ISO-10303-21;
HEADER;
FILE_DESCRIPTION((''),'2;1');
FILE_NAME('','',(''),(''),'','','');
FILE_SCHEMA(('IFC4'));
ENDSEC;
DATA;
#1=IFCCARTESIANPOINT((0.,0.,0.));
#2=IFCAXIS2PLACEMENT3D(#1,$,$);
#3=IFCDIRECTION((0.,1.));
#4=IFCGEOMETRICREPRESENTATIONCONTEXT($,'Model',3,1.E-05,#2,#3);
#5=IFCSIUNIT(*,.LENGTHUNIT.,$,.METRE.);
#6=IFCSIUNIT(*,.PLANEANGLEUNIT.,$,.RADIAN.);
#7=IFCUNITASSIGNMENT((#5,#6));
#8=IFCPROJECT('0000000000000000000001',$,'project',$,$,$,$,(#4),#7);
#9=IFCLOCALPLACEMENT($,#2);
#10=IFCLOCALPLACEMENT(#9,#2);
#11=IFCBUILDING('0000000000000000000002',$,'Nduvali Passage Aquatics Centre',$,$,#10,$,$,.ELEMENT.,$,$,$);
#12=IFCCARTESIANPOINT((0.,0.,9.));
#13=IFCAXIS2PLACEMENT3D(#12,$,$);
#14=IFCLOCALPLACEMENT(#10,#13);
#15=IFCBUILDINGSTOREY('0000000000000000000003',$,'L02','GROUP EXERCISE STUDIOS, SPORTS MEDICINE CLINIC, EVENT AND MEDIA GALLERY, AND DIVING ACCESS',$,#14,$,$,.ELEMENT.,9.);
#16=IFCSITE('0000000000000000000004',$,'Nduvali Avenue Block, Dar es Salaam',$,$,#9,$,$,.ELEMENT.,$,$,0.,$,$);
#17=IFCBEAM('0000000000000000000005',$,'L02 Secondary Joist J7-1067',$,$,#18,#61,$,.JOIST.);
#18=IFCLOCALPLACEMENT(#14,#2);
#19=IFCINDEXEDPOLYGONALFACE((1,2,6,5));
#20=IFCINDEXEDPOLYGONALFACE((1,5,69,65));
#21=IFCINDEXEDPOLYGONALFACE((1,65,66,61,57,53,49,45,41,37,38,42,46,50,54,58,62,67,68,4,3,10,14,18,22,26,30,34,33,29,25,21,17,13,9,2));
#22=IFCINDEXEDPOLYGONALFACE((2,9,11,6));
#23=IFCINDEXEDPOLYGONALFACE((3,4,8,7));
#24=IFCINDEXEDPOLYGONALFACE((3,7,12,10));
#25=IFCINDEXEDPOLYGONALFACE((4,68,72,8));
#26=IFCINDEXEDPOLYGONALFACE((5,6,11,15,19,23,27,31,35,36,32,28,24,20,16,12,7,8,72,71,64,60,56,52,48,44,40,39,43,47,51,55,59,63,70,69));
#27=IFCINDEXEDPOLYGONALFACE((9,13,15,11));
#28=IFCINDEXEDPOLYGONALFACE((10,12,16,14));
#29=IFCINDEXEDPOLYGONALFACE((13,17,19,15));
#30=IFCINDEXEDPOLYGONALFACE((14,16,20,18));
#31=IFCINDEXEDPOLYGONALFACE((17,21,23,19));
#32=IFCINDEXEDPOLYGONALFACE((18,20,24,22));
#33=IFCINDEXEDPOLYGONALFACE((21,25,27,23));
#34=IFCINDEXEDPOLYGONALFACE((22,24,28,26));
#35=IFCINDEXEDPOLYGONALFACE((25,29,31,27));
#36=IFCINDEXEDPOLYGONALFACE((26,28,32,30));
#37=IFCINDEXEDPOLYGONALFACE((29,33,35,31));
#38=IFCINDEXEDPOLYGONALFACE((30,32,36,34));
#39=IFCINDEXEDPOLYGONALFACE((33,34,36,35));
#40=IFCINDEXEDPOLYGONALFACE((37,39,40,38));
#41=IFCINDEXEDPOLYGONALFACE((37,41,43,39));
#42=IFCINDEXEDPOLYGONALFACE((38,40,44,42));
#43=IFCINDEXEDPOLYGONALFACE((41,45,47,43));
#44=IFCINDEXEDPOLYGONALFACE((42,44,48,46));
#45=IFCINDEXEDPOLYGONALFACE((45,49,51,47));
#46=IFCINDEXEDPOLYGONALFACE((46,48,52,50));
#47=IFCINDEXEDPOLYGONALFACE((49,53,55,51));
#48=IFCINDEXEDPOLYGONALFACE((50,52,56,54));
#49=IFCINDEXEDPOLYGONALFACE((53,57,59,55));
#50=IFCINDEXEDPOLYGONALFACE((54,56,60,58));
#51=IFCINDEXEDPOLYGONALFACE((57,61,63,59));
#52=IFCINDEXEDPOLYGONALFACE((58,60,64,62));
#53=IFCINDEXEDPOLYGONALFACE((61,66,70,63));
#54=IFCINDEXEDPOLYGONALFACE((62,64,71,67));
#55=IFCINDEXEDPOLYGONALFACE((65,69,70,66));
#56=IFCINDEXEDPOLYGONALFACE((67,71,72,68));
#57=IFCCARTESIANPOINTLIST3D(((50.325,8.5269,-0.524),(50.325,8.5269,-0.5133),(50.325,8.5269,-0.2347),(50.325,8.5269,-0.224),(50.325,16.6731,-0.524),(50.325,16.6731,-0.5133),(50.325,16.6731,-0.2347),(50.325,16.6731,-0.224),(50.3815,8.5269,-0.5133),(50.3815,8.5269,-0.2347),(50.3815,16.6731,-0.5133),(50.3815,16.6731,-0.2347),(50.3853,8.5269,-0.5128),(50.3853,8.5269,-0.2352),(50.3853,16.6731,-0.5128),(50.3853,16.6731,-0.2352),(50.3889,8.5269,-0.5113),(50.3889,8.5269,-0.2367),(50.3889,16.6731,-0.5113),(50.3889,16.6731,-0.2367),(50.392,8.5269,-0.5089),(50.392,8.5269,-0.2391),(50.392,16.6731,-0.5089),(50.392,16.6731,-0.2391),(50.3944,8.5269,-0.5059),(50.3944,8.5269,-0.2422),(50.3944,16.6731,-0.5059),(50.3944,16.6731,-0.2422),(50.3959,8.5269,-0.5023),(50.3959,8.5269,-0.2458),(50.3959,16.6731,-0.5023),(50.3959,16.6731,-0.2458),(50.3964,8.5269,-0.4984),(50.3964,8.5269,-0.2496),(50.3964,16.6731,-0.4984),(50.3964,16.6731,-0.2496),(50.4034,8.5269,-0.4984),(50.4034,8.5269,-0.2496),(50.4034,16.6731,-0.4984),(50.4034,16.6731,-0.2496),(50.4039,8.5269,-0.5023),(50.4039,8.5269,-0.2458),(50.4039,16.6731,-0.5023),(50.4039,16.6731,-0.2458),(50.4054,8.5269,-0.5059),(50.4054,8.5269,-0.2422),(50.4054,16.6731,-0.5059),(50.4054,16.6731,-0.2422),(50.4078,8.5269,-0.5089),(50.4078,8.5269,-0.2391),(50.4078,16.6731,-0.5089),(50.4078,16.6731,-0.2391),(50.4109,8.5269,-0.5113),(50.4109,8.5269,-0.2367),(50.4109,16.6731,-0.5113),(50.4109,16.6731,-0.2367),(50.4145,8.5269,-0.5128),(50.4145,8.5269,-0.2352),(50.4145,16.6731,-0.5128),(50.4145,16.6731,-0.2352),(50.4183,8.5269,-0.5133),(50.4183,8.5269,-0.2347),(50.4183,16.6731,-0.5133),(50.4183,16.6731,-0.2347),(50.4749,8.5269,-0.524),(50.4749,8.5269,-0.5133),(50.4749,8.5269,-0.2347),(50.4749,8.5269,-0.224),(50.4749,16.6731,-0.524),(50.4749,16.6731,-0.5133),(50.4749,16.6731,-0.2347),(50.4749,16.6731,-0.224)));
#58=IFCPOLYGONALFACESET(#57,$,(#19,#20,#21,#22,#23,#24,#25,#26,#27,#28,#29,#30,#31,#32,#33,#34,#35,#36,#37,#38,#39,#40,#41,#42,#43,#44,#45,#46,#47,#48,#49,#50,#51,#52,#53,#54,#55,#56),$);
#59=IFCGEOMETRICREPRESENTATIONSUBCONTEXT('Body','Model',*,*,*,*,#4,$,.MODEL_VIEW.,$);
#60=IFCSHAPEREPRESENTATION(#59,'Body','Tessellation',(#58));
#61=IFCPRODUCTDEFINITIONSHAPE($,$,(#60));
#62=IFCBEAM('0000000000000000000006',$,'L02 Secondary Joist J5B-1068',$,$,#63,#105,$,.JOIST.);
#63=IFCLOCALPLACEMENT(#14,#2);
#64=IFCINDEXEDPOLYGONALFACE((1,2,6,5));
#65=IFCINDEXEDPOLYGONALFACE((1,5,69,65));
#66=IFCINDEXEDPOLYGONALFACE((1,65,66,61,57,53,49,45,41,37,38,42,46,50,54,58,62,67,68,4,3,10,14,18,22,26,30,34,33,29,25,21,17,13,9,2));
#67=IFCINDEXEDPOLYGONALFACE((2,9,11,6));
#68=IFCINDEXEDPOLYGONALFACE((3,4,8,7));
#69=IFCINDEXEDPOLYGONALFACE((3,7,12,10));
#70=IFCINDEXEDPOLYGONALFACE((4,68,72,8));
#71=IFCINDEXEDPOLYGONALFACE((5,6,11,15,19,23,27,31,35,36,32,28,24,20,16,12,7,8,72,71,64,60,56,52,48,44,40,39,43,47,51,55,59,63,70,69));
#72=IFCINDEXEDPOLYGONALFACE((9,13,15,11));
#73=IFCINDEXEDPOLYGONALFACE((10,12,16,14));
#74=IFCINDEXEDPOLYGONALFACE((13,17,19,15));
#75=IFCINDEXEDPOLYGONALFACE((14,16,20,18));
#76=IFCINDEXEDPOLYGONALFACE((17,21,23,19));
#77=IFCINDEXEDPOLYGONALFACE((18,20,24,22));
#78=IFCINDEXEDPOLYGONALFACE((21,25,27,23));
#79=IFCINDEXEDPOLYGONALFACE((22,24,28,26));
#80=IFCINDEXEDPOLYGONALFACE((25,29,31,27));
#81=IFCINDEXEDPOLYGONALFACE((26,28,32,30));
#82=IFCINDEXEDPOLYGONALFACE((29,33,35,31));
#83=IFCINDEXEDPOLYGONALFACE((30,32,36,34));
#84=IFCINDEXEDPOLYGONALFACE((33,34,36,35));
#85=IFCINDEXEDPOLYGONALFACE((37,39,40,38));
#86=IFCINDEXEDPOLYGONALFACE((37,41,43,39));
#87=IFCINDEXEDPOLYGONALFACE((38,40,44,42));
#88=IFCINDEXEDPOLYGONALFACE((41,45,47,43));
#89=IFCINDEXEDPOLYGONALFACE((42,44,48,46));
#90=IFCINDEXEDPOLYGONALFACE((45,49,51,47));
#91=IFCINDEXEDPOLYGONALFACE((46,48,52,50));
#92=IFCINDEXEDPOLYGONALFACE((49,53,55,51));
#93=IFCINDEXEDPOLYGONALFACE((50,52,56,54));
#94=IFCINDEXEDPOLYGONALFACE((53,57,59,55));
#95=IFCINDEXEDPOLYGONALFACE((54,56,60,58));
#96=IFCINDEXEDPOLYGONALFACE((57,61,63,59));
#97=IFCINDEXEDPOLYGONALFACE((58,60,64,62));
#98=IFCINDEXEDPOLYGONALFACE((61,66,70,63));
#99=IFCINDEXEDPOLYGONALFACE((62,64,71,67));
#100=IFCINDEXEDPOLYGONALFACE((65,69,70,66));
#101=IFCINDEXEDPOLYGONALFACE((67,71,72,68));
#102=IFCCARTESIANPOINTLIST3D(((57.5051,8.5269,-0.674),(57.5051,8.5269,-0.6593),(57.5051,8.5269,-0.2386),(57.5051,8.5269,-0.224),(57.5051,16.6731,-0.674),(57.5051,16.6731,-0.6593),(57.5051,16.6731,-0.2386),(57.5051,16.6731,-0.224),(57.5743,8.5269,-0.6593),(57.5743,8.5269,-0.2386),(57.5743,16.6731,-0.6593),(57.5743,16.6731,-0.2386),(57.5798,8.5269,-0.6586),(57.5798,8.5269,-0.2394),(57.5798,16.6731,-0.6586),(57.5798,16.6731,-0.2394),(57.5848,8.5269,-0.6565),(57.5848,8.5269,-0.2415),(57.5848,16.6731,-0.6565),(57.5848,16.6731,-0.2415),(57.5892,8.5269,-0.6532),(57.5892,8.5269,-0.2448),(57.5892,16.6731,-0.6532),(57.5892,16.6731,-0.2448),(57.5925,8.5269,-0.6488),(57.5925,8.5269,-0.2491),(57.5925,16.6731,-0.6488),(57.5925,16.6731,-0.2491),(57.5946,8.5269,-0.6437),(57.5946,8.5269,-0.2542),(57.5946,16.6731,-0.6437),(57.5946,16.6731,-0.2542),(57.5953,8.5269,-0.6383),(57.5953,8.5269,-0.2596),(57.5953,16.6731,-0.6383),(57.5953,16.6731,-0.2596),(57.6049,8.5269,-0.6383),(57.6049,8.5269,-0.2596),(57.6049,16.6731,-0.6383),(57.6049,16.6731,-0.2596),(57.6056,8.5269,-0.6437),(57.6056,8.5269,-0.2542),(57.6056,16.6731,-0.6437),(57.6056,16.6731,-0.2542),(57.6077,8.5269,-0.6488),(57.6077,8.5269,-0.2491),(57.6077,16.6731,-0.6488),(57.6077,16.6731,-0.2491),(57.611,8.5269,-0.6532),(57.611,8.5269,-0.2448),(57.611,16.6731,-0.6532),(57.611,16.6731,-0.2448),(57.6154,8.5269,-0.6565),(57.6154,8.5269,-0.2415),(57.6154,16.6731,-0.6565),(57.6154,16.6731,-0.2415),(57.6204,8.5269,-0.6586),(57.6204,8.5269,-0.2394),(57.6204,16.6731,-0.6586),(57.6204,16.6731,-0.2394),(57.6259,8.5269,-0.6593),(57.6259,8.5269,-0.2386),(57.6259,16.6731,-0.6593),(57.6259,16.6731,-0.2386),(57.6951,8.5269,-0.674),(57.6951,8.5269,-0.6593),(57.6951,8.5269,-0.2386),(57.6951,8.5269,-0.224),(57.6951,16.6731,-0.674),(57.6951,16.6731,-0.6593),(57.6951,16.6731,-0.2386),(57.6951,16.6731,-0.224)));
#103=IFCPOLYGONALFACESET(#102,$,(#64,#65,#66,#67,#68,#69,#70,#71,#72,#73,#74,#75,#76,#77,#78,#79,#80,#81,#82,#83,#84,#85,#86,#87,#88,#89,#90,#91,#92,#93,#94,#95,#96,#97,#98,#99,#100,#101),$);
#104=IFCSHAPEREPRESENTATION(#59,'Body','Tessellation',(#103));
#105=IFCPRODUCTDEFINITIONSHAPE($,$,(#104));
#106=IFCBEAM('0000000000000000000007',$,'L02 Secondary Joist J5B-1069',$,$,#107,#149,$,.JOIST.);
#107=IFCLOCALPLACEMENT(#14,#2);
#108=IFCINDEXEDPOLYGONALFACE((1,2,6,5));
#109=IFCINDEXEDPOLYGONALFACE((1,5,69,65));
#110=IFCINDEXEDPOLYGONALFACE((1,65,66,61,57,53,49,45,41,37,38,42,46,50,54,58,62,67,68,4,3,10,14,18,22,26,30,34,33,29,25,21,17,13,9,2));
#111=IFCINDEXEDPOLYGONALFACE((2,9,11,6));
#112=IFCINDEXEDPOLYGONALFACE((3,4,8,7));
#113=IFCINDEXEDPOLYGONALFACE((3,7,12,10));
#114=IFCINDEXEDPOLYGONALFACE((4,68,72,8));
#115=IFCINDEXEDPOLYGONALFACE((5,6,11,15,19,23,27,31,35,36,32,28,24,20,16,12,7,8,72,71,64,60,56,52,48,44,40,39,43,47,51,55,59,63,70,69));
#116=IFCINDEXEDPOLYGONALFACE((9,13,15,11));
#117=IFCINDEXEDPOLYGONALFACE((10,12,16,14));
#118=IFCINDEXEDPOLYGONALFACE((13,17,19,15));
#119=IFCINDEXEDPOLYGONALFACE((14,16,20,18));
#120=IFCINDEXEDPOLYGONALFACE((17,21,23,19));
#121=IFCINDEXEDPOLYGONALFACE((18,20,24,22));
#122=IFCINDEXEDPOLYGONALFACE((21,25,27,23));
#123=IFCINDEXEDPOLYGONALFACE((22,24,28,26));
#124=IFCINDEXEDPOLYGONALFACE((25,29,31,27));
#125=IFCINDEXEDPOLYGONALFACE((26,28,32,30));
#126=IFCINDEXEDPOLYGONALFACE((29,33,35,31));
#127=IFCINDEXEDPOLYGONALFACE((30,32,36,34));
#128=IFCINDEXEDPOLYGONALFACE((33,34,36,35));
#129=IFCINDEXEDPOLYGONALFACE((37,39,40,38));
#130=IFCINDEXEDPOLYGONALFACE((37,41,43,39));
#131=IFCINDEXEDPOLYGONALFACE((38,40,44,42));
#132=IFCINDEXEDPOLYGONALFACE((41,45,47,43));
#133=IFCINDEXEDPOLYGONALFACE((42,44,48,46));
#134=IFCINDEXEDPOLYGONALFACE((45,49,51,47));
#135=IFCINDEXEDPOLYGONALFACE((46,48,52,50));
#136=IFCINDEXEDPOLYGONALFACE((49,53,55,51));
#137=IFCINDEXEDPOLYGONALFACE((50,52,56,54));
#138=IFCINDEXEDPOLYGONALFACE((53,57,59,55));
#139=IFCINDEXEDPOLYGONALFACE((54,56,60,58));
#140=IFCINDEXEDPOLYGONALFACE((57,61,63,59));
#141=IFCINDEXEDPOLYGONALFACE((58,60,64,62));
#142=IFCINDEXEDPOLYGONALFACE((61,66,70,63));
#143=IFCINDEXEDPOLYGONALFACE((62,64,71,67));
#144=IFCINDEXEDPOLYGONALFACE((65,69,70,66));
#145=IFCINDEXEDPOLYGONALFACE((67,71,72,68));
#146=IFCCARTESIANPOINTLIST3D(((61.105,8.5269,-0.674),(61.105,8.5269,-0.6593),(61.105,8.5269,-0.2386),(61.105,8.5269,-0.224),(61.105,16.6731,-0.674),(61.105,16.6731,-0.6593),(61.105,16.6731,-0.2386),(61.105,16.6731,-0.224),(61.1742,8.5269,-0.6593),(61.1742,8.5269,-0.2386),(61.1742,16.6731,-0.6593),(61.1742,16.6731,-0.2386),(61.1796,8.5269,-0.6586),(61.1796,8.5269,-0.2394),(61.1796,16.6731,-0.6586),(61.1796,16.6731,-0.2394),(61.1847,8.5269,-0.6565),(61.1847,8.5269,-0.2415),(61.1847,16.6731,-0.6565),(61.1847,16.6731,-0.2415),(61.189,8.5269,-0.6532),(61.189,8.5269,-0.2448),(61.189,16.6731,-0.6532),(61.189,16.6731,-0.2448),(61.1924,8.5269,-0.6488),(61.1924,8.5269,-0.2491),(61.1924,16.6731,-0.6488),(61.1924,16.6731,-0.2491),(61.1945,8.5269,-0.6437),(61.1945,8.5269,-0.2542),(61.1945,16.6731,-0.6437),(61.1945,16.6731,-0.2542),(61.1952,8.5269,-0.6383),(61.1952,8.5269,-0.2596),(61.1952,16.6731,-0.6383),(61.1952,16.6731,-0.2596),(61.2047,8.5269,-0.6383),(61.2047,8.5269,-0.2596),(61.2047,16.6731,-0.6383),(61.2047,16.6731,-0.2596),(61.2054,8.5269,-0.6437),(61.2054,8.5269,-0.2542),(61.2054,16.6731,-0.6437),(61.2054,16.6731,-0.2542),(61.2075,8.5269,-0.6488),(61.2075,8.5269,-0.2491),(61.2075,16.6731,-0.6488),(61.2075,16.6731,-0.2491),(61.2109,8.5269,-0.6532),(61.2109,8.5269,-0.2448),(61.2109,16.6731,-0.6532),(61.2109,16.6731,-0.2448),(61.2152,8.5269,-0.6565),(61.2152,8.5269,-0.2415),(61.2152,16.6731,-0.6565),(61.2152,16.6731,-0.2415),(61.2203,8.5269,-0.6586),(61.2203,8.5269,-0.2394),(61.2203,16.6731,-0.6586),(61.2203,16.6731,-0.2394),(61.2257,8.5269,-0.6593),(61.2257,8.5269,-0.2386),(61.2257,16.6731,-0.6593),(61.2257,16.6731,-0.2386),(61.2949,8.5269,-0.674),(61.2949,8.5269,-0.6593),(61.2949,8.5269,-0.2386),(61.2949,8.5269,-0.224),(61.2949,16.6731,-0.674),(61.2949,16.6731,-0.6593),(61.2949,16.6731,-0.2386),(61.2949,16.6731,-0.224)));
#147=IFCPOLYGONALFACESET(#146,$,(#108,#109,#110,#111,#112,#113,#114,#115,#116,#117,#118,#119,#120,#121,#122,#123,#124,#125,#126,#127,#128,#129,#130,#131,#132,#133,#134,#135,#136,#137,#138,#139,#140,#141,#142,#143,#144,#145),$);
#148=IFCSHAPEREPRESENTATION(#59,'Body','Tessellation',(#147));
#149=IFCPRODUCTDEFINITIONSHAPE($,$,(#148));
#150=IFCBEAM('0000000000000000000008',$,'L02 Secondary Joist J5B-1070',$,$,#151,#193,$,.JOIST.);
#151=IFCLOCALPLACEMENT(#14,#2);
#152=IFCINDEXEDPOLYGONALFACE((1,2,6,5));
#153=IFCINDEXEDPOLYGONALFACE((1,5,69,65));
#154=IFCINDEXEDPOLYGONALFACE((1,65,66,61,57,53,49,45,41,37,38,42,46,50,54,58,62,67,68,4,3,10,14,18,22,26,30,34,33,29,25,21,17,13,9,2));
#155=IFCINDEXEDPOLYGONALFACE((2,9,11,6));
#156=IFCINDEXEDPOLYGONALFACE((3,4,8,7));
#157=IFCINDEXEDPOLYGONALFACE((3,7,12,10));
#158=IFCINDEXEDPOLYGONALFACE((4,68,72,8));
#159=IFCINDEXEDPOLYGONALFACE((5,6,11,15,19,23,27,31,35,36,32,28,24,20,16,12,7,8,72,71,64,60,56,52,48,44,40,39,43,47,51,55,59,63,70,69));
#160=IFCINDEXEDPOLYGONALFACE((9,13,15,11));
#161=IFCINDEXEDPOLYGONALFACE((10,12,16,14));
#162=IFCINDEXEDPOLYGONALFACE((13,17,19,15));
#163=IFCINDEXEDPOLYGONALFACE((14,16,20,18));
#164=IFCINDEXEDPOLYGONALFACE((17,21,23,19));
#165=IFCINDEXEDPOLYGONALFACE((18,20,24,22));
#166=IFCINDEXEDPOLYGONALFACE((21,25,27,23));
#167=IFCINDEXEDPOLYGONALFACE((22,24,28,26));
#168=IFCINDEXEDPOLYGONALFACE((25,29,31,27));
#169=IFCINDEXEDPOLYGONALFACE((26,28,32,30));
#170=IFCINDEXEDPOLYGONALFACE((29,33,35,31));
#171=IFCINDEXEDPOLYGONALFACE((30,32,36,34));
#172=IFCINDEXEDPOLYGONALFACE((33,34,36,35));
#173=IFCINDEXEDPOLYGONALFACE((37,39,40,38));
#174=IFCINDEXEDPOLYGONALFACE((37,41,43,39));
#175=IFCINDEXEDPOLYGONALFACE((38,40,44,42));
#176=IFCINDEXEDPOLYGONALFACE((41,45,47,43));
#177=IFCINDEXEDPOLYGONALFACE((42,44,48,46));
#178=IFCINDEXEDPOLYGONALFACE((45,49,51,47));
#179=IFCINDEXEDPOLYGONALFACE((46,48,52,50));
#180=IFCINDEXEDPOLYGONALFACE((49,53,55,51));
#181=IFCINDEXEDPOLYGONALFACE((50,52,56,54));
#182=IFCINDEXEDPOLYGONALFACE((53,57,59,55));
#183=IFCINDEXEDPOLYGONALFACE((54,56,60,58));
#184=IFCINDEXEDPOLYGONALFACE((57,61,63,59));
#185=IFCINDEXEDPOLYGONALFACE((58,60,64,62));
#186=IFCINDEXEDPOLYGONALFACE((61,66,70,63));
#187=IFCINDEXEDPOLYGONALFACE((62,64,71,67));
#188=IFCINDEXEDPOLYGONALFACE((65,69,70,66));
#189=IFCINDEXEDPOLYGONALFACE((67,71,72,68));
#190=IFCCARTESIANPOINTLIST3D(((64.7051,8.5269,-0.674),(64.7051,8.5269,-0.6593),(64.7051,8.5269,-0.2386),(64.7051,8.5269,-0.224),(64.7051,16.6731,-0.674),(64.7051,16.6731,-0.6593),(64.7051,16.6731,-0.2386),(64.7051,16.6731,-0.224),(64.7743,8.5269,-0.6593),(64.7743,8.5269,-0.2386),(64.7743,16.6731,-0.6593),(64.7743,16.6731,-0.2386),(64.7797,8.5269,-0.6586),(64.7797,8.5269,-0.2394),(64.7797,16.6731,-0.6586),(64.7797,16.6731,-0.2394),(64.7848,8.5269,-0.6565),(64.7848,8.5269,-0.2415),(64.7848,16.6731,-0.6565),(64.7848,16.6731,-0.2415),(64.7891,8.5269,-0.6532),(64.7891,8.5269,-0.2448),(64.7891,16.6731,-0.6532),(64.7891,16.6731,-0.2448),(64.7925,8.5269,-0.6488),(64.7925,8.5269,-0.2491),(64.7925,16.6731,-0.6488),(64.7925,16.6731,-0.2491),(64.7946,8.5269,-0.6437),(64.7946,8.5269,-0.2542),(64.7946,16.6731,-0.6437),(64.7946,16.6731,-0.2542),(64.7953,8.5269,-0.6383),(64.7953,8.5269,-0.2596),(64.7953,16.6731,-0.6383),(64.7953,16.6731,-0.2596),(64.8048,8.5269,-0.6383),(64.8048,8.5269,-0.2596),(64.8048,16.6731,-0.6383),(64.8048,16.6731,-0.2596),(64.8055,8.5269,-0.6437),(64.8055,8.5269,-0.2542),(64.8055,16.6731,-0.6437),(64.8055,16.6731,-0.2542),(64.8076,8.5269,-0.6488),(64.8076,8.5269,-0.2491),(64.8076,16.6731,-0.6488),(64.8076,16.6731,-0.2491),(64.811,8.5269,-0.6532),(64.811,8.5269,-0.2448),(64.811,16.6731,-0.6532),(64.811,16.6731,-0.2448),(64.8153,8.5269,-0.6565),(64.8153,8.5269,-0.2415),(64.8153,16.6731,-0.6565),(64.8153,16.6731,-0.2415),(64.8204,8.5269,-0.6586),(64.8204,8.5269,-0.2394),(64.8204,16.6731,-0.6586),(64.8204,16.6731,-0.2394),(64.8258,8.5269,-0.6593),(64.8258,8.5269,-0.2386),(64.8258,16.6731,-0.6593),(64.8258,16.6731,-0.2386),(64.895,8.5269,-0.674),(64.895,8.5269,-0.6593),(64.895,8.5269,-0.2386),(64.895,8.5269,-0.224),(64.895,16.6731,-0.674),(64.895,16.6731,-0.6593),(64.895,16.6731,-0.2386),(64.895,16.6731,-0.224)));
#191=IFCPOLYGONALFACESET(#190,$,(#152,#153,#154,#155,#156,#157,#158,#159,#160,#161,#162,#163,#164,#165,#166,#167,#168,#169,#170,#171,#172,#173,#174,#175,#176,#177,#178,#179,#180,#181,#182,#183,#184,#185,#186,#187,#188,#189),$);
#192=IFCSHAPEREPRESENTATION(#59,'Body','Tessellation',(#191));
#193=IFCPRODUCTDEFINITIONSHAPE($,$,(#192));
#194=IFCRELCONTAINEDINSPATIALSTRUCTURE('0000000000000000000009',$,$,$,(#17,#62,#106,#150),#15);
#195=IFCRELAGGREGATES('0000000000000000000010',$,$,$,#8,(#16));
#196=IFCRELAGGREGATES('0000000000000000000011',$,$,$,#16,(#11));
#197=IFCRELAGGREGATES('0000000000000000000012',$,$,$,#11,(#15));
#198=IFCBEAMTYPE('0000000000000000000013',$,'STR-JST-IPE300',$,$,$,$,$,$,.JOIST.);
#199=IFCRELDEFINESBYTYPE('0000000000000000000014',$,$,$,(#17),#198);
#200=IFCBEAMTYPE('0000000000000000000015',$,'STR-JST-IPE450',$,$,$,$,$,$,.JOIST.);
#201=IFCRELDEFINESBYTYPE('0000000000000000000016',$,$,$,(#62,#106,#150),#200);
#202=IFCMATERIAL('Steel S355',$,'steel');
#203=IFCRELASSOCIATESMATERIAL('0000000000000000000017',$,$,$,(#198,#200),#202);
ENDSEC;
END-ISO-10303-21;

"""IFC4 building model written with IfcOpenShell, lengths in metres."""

from ifc_helpers import new_model, si_unit, direction, frame, origin, origin_2d, place, context, subcontext, project, spatial, i_section, extrude, material, material_profile, profile_set, type_object, element, save


model = new_model("IFC4")

# Units and contexts
model_context = context("Model", 3, precision=1e-05, world=origin(), true_north=direction((0.0, 1.0)))
body_context = subcontext(model_context, "Body", "Model", "MODEL_VIEW")
ifc_project = project(units=[si_unit("LENGTHUNIT", "METRE"), si_unit("PLANEANGLEUNIT", "RADIAN")], contexts=[model_context])

# Site, building, storey
site_placement = place(None, origin())
site = spatial("IfcSite", under=ifc_project, at=site_placement, Name="Nduvali Avenue Block, Dar es Salaam", CompositionType="ELEMENT", RefElevation=0.0)
building_placement = place(site_placement, origin())
building = spatial("IfcBuilding", under=site, at=building_placement, Name="Nduvali Passage Aquatics Centre", CompositionType="ELEMENT")
storey_placement = place(building_placement, frame((0.0, 0.0, 9.0)))
storey = spatial("IfcBuildingStorey", under=building, at=storey_placement, Name="L02", Description="GROUP EXERCISE STUDIOS, SPORTS MEDICINE CLINIC, EVENT AND MEDIA GALLERY, AND DIVING ACCESS", CompositionType="ELEMENT", Elevation=9.0)

# Beams
ifc_material = material(Name="Steel S355", Category="steel")
ifc_material_profile_1 = material_profile(ifc_material, i_section(OverallWidth=0.1499, OverallDepth=0.3, WebThickness=0.0071, FlangeThickness=0.0107, FilletRadius=0.0149, at=origin_2d()), Name="IPE 300")
ifc_profile_set_1 = profile_set([ifc_material_profile_1], Name="Steel S355")
beam_type_1 = type_object("IfcBeamType", Name="STR-JST-IPE300", PredefinedType="JOIST", material=ifc_profile_set_1)
beam_1_placement = place(storey_placement, frame((50.3999, 8.5269, -0.374), z_axis=(0.0, 1.0, 0.0), x_axis=(-1.0, 0.0, 0.0)))
element("IfcBeam", 1, at=beam_1_placement, inside=storey, type_object=beam_type_1, Name="L02 Secondary Joist J7-1067", PredefinedType="JOIST", context=body_context, shape_type="SweptSolid", body=[
    extrude(i_section(OverallWidth=0.1499, OverallDepth=0.3, WebThickness=0.0071, FlangeThickness=0.0107, FilletRadius=0.0149, at=origin_2d()), origin(), (0.0, 0.0, 1.0), 8.1462),
])
ifc_material_profile_2 = material_profile(ifc_material, i_section(OverallWidth=0.1899, OverallDepth=0.45, WebThickness=0.0095, FlangeThickness=0.0146, FilletRadius=0.021, at=origin_2d()), Name="IPE 450")
ifc_profile_set_2 = profile_set([ifc_material_profile_2], Name="Steel S355")
beam_type_2 = type_object("IfcBeamType", Name="STR-JST-IPE450", PredefinedType="JOIST", material=ifc_profile_set_2)
for number, where, z_axis, x_axis, name in (
    (2, (57.6001, 8.5269, -0.449), (0.0, 1.0, 0.0), (-1.0, 0.0, 0.0), "L02 Secondary Joist J5B-1068"),
    (3, (61.2, 8.5269, -0.449), (0.0, 1.0, 0.0), (-1.0, 0.0, 0.0), "L02 Secondary Joist J5B-1069"),
    (4, (64.8, 8.5269, -0.449), (0.0, 1.0, 0.0), (-1.0, 0.0, 0.0), "L02 Secondary Joist J5B-1070"),
):
    element("IfcBeam", number, at=place(storey_placement, frame(where, z_axis=z_axis, x_axis=x_axis)), inside=storey, type_object=beam_type_2, Name=name, PredefinedType="JOIST", context=body_context, shape_type="SweptSolid", body=[
        extrude(i_section(OverallWidth=0.1899, OverallDepth=0.45, WebThickness=0.0095, FlangeThickness=0.0146, FilletRadius=0.021, at=origin_2d()), origin(), (0.0, 0.0, 1.0), 8.1462),
    ])

save(model, "model.ifc")
